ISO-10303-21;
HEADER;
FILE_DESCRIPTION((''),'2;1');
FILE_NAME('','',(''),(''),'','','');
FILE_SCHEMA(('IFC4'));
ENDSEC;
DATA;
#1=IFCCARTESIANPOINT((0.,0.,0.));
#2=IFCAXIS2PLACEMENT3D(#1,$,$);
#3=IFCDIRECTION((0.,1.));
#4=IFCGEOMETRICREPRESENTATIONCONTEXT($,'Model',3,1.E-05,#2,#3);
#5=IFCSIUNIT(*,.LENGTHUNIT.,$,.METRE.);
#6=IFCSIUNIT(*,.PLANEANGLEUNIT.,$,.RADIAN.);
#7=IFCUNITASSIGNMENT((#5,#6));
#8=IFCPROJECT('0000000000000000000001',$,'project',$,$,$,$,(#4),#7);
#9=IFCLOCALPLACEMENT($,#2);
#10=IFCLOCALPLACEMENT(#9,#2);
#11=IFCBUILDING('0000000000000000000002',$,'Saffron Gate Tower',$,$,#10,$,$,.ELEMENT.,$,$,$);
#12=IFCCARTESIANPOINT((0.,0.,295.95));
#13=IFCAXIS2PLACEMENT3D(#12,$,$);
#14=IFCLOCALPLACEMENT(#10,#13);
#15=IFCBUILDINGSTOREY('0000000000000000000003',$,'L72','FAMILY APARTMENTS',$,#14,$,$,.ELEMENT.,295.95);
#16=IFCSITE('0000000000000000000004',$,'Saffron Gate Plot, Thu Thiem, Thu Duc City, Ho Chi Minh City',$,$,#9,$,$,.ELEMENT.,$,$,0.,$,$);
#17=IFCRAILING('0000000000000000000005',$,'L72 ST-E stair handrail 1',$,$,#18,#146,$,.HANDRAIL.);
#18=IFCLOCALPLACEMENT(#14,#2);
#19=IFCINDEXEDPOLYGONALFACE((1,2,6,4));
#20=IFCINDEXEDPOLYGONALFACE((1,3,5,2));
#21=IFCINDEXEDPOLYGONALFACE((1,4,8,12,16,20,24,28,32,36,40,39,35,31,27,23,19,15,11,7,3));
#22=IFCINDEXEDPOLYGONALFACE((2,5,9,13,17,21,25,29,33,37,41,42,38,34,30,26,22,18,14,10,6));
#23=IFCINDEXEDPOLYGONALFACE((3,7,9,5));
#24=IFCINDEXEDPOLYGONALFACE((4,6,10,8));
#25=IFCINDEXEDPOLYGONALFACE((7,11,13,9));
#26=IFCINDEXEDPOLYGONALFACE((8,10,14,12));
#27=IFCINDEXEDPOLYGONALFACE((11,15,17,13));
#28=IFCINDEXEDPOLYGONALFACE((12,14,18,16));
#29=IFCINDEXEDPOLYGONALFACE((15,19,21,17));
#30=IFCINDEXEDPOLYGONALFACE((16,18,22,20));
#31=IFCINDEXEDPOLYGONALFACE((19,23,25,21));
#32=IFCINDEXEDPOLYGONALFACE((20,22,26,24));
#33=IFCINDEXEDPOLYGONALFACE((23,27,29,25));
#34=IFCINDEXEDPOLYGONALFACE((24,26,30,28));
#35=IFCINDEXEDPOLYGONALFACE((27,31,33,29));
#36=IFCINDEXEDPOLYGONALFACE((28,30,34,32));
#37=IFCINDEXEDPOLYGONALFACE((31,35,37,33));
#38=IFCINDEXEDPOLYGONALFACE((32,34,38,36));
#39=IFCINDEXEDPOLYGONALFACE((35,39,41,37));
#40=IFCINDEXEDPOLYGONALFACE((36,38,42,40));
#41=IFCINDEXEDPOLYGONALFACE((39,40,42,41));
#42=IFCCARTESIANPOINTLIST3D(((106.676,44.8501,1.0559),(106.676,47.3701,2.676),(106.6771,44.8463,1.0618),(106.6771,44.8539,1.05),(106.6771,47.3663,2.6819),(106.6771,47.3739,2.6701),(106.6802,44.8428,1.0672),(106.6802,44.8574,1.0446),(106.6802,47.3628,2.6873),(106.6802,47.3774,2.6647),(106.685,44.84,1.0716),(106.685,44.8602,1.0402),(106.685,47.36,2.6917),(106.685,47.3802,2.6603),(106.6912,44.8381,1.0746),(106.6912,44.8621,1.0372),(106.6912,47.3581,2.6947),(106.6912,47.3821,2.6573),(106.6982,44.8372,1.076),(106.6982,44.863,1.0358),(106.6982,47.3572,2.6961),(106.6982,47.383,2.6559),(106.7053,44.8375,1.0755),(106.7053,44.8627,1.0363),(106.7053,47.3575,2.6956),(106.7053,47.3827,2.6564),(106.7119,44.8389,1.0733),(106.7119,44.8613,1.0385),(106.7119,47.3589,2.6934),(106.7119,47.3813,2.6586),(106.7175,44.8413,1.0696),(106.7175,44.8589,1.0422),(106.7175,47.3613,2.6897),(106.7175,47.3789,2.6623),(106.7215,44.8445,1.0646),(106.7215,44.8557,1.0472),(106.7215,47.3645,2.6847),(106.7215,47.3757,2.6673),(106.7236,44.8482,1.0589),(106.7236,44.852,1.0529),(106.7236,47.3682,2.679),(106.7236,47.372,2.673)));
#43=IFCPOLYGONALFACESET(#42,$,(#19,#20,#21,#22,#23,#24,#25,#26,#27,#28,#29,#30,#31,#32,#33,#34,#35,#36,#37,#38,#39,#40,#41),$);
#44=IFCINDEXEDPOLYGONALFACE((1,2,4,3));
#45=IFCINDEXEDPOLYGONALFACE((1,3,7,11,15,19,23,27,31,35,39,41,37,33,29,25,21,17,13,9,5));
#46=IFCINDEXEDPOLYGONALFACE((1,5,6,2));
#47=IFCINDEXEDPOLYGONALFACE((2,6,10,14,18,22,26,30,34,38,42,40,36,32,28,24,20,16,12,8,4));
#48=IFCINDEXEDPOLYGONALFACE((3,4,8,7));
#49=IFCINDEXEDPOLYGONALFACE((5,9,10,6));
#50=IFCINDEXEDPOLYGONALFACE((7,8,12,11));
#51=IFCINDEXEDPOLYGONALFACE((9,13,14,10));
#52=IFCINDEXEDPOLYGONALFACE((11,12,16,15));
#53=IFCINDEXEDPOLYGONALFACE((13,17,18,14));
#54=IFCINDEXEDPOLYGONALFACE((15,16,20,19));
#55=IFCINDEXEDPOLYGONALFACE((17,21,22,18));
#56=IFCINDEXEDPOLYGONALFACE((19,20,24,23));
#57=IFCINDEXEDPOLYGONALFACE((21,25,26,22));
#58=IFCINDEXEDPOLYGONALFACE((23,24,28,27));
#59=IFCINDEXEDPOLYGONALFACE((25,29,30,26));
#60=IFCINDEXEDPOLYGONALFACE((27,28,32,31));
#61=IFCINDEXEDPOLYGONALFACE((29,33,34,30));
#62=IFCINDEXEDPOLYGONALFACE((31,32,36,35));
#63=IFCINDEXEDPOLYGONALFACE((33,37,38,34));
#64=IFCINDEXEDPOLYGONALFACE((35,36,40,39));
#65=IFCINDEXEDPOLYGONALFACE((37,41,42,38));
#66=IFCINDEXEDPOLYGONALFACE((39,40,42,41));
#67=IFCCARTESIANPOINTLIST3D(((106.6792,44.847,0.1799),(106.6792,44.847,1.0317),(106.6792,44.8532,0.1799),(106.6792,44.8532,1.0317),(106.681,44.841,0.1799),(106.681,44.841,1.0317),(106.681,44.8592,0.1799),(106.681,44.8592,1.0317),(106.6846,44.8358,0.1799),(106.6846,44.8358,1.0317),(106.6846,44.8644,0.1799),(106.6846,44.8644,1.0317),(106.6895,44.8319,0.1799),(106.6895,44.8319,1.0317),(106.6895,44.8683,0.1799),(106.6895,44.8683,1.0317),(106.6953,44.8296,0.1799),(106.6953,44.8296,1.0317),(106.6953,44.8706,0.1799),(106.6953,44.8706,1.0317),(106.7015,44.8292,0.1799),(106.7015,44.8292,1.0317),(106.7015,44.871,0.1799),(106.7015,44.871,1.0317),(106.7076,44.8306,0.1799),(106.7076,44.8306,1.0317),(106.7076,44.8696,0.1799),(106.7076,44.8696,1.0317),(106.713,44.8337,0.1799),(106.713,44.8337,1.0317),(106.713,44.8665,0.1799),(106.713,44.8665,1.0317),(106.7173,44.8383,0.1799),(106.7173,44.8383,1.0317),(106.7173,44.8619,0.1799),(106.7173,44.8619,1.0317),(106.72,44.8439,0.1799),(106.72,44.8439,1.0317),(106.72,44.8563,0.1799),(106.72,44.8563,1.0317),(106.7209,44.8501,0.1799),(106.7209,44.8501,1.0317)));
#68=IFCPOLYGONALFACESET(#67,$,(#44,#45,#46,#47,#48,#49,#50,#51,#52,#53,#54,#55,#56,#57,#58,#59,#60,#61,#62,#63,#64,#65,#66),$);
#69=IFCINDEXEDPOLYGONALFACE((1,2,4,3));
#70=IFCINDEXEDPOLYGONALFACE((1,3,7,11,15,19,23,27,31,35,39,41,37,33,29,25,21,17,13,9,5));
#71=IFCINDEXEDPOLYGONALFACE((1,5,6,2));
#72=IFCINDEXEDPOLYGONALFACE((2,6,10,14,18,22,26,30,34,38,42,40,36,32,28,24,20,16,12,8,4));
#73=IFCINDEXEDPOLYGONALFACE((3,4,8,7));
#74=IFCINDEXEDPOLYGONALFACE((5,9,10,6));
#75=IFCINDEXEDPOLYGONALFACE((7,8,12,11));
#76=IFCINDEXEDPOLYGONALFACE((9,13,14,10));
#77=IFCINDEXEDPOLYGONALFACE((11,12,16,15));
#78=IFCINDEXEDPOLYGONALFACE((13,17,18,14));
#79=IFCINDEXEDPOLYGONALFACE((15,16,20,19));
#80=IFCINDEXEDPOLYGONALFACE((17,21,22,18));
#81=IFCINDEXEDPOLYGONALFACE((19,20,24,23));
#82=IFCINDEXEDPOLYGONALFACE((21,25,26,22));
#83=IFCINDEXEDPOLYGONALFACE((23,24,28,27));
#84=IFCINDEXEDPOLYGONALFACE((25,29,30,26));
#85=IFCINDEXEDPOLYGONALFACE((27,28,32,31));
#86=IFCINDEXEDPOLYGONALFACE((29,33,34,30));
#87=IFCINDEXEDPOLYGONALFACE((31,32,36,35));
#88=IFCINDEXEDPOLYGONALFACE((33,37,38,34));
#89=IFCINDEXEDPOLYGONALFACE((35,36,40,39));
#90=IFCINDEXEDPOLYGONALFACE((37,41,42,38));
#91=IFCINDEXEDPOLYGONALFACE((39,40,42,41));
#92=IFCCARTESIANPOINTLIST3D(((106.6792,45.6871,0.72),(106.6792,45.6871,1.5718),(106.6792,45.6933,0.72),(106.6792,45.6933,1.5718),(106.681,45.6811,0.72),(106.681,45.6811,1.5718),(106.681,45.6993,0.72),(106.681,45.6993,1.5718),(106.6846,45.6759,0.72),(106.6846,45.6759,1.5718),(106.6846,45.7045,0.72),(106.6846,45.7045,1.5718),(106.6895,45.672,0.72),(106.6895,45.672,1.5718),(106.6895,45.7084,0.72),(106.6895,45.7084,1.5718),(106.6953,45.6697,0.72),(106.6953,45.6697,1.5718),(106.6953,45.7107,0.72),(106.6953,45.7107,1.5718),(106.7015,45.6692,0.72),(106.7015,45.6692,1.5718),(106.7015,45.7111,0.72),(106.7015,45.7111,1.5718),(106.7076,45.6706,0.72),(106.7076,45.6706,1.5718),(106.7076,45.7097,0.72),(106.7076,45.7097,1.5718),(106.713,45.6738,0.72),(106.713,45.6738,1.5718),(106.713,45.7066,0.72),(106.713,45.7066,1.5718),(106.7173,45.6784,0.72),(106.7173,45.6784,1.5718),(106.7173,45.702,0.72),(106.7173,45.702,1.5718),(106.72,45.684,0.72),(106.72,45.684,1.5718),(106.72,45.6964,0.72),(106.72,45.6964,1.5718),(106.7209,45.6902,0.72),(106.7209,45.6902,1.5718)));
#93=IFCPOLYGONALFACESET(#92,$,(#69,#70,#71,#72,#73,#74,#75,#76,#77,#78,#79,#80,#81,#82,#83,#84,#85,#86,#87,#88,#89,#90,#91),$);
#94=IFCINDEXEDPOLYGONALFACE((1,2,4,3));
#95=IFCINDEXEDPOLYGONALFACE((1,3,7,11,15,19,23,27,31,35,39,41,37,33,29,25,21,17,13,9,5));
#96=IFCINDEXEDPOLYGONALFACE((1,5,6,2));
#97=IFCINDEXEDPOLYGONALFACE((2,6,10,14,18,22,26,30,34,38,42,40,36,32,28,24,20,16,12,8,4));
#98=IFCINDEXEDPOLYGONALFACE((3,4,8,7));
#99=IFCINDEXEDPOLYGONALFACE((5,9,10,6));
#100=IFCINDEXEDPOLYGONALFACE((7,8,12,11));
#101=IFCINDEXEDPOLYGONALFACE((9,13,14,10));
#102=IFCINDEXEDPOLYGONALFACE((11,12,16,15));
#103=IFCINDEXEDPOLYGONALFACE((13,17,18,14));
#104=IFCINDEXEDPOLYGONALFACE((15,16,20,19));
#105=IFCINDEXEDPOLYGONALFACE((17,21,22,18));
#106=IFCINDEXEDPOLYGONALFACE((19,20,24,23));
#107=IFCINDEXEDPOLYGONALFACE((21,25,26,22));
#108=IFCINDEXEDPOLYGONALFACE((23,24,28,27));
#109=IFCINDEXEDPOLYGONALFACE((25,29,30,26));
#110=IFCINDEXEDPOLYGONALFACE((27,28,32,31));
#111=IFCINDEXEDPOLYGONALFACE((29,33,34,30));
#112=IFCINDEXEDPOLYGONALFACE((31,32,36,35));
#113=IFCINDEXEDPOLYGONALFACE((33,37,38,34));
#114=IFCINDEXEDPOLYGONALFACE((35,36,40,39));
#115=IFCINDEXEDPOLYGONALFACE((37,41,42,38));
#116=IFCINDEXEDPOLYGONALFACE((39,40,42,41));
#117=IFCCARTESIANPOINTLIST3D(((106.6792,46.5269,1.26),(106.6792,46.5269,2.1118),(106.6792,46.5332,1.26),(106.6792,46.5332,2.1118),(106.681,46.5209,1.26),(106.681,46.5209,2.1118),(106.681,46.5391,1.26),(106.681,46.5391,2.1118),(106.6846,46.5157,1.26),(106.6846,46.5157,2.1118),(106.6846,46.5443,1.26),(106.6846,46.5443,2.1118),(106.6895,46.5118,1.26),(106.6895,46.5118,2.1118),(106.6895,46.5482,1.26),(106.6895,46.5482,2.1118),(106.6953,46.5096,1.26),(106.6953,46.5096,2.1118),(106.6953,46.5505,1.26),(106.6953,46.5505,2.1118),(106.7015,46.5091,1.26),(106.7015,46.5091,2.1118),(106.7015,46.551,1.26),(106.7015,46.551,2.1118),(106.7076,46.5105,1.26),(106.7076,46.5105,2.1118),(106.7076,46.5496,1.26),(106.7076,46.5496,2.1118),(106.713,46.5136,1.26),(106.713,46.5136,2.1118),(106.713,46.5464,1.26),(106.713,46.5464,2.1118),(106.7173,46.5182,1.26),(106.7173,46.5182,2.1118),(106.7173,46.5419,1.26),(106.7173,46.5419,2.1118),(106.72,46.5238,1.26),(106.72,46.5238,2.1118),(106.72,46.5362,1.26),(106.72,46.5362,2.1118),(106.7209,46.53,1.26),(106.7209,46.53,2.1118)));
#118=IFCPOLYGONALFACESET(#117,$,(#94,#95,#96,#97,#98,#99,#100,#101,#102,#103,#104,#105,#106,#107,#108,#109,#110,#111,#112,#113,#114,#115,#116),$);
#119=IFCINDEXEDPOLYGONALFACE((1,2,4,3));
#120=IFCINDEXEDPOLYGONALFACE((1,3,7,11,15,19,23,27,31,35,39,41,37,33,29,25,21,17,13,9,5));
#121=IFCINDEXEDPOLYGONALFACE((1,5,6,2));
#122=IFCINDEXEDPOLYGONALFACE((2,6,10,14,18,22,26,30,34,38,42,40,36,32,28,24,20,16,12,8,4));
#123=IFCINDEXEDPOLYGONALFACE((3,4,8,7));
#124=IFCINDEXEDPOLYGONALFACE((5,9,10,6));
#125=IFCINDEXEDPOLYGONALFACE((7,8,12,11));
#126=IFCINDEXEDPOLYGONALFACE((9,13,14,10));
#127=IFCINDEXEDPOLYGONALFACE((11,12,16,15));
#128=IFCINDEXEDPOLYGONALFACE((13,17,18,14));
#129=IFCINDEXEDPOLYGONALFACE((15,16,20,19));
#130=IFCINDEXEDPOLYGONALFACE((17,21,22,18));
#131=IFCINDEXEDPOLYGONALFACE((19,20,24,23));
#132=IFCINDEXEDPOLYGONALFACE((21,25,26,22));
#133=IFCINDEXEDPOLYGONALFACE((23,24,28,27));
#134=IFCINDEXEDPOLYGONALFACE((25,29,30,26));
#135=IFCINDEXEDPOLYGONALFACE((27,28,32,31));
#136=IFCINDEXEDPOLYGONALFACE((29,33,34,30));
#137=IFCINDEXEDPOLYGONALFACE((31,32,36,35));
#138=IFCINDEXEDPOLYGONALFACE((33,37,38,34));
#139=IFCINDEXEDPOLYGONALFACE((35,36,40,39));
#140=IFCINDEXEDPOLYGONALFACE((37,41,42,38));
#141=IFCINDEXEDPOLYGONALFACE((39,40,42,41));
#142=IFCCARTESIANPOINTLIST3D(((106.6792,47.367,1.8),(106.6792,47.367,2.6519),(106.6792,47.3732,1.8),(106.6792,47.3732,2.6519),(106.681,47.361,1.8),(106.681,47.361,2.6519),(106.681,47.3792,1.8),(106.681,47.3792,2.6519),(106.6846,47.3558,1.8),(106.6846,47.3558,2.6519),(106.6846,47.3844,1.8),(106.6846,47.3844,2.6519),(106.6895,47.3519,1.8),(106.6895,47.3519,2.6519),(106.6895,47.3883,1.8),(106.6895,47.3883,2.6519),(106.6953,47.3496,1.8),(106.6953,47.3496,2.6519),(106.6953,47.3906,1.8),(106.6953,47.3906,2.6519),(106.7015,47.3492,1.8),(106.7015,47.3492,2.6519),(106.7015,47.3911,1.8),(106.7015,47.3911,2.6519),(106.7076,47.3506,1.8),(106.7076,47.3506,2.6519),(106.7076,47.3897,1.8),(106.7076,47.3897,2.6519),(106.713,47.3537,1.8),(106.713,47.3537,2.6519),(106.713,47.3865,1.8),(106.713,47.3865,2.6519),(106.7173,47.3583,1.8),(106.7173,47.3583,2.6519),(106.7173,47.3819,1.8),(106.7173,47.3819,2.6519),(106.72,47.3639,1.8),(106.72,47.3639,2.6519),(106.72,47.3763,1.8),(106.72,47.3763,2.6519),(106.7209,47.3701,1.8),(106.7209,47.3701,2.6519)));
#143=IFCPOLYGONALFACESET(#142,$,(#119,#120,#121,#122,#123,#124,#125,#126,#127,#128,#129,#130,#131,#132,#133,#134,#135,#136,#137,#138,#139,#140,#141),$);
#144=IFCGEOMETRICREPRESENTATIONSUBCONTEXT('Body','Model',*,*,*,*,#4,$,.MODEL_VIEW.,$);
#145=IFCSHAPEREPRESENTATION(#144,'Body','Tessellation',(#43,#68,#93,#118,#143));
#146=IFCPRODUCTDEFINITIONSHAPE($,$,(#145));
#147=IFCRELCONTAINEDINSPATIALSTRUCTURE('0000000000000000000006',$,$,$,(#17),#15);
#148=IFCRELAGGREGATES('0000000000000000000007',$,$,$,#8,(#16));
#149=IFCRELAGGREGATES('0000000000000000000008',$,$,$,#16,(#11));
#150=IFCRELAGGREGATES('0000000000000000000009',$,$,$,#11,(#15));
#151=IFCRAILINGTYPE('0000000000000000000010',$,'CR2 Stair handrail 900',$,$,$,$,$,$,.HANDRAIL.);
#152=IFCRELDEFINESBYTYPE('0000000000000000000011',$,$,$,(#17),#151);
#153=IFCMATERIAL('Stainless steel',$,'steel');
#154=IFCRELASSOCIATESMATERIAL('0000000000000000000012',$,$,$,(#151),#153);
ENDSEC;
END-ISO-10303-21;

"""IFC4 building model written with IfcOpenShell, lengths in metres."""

from ifc_helpers import new_model, si_unit, direction, frame, origin, origin_2d, place, context, subcontext, project, spatial, circle, extrude, material, type_object, element, save


model = new_model("IFC4")

# Units and contexts
model_context = context("Model", 3, precision=1e-05, world=origin(), true_north=direction((0.0, 1.0)))
body_context = subcontext(model_context, "Body", "Model", "MODEL_VIEW")
ifc_project = project(units=[si_unit("LENGTHUNIT", "METRE"), si_unit("PLANEANGLEUNIT", "RADIAN")], contexts=[model_context])

# Site, building, storey
site_placement = place(None, origin())
site = spatial("IfcSite", under=ifc_project, at=site_placement, Name="Saffron Gate Plot, Thu Thiem, Thu Duc City, Ho Chi Minh City", CompositionType="ELEMENT", RefElevation=0.0)
building_placement = place(site_placement, origin())
building = spatial("IfcBuilding", under=site, at=building_placement, Name="Saffron Gate Tower", CompositionType="ELEMENT")
storey_placement = place(building_placement, frame((0.0, 0.0, 295.95)))
storey = spatial("IfcBuildingStorey", under=building, at=storey_placement, Name="L72", Description="FAMILY APARTMENTS", CompositionType="ELEMENT", Elevation=295.95)

# Railing
ifc_material_1 = material(Name="Stainless steel", Category="steel")
railing_type = type_object("IfcRailingType", Name="CR2 Stair handrail 900", PredefinedType="HANDRAIL", material=ifc_material_1)
railing_placement = place(storey_placement, frame((106.7, 44.8501, 0.1799)))
element("IfcRailing", 1, at=railing_placement, inside=storey, type_object=railing_type, Name="L72 ST-E stair handrail 1", PredefinedType="HANDRAIL", context=body_context, shape_type="SweptSolid", body=[
    extrude(circle(Radius=0.0239, at=origin_2d()), frame((0.0, 0.0, 0.876), z_axis=(0.0, 0.841163, 0.540782), x_axis=(-1.0, 0.0, 0.0)), (0.0, 0.0, 1.0), 2.9958),
    extrude(circle(Radius=0.021, at=origin_2d()), origin(), (0.0, 0.0, 1.0), 0.8518),
    extrude(circle(Radius=0.021, at=origin_2d()), frame((0.0, 0.8401, 0.54)), (0.0, 0.0, 1.0), 0.8518),
    extrude(circle(Radius=0.021, at=origin_2d()), frame((0.0, 1.6799, 1.0801)), (0.0, 0.0, 1.0), 0.8518),
    extrude(circle(Radius=0.021, at=origin_2d()), frame((0.0, 2.52, 1.6201)), (0.0, 0.0, 1.0), 0.8518),
])

save(model, "model.ifc")
